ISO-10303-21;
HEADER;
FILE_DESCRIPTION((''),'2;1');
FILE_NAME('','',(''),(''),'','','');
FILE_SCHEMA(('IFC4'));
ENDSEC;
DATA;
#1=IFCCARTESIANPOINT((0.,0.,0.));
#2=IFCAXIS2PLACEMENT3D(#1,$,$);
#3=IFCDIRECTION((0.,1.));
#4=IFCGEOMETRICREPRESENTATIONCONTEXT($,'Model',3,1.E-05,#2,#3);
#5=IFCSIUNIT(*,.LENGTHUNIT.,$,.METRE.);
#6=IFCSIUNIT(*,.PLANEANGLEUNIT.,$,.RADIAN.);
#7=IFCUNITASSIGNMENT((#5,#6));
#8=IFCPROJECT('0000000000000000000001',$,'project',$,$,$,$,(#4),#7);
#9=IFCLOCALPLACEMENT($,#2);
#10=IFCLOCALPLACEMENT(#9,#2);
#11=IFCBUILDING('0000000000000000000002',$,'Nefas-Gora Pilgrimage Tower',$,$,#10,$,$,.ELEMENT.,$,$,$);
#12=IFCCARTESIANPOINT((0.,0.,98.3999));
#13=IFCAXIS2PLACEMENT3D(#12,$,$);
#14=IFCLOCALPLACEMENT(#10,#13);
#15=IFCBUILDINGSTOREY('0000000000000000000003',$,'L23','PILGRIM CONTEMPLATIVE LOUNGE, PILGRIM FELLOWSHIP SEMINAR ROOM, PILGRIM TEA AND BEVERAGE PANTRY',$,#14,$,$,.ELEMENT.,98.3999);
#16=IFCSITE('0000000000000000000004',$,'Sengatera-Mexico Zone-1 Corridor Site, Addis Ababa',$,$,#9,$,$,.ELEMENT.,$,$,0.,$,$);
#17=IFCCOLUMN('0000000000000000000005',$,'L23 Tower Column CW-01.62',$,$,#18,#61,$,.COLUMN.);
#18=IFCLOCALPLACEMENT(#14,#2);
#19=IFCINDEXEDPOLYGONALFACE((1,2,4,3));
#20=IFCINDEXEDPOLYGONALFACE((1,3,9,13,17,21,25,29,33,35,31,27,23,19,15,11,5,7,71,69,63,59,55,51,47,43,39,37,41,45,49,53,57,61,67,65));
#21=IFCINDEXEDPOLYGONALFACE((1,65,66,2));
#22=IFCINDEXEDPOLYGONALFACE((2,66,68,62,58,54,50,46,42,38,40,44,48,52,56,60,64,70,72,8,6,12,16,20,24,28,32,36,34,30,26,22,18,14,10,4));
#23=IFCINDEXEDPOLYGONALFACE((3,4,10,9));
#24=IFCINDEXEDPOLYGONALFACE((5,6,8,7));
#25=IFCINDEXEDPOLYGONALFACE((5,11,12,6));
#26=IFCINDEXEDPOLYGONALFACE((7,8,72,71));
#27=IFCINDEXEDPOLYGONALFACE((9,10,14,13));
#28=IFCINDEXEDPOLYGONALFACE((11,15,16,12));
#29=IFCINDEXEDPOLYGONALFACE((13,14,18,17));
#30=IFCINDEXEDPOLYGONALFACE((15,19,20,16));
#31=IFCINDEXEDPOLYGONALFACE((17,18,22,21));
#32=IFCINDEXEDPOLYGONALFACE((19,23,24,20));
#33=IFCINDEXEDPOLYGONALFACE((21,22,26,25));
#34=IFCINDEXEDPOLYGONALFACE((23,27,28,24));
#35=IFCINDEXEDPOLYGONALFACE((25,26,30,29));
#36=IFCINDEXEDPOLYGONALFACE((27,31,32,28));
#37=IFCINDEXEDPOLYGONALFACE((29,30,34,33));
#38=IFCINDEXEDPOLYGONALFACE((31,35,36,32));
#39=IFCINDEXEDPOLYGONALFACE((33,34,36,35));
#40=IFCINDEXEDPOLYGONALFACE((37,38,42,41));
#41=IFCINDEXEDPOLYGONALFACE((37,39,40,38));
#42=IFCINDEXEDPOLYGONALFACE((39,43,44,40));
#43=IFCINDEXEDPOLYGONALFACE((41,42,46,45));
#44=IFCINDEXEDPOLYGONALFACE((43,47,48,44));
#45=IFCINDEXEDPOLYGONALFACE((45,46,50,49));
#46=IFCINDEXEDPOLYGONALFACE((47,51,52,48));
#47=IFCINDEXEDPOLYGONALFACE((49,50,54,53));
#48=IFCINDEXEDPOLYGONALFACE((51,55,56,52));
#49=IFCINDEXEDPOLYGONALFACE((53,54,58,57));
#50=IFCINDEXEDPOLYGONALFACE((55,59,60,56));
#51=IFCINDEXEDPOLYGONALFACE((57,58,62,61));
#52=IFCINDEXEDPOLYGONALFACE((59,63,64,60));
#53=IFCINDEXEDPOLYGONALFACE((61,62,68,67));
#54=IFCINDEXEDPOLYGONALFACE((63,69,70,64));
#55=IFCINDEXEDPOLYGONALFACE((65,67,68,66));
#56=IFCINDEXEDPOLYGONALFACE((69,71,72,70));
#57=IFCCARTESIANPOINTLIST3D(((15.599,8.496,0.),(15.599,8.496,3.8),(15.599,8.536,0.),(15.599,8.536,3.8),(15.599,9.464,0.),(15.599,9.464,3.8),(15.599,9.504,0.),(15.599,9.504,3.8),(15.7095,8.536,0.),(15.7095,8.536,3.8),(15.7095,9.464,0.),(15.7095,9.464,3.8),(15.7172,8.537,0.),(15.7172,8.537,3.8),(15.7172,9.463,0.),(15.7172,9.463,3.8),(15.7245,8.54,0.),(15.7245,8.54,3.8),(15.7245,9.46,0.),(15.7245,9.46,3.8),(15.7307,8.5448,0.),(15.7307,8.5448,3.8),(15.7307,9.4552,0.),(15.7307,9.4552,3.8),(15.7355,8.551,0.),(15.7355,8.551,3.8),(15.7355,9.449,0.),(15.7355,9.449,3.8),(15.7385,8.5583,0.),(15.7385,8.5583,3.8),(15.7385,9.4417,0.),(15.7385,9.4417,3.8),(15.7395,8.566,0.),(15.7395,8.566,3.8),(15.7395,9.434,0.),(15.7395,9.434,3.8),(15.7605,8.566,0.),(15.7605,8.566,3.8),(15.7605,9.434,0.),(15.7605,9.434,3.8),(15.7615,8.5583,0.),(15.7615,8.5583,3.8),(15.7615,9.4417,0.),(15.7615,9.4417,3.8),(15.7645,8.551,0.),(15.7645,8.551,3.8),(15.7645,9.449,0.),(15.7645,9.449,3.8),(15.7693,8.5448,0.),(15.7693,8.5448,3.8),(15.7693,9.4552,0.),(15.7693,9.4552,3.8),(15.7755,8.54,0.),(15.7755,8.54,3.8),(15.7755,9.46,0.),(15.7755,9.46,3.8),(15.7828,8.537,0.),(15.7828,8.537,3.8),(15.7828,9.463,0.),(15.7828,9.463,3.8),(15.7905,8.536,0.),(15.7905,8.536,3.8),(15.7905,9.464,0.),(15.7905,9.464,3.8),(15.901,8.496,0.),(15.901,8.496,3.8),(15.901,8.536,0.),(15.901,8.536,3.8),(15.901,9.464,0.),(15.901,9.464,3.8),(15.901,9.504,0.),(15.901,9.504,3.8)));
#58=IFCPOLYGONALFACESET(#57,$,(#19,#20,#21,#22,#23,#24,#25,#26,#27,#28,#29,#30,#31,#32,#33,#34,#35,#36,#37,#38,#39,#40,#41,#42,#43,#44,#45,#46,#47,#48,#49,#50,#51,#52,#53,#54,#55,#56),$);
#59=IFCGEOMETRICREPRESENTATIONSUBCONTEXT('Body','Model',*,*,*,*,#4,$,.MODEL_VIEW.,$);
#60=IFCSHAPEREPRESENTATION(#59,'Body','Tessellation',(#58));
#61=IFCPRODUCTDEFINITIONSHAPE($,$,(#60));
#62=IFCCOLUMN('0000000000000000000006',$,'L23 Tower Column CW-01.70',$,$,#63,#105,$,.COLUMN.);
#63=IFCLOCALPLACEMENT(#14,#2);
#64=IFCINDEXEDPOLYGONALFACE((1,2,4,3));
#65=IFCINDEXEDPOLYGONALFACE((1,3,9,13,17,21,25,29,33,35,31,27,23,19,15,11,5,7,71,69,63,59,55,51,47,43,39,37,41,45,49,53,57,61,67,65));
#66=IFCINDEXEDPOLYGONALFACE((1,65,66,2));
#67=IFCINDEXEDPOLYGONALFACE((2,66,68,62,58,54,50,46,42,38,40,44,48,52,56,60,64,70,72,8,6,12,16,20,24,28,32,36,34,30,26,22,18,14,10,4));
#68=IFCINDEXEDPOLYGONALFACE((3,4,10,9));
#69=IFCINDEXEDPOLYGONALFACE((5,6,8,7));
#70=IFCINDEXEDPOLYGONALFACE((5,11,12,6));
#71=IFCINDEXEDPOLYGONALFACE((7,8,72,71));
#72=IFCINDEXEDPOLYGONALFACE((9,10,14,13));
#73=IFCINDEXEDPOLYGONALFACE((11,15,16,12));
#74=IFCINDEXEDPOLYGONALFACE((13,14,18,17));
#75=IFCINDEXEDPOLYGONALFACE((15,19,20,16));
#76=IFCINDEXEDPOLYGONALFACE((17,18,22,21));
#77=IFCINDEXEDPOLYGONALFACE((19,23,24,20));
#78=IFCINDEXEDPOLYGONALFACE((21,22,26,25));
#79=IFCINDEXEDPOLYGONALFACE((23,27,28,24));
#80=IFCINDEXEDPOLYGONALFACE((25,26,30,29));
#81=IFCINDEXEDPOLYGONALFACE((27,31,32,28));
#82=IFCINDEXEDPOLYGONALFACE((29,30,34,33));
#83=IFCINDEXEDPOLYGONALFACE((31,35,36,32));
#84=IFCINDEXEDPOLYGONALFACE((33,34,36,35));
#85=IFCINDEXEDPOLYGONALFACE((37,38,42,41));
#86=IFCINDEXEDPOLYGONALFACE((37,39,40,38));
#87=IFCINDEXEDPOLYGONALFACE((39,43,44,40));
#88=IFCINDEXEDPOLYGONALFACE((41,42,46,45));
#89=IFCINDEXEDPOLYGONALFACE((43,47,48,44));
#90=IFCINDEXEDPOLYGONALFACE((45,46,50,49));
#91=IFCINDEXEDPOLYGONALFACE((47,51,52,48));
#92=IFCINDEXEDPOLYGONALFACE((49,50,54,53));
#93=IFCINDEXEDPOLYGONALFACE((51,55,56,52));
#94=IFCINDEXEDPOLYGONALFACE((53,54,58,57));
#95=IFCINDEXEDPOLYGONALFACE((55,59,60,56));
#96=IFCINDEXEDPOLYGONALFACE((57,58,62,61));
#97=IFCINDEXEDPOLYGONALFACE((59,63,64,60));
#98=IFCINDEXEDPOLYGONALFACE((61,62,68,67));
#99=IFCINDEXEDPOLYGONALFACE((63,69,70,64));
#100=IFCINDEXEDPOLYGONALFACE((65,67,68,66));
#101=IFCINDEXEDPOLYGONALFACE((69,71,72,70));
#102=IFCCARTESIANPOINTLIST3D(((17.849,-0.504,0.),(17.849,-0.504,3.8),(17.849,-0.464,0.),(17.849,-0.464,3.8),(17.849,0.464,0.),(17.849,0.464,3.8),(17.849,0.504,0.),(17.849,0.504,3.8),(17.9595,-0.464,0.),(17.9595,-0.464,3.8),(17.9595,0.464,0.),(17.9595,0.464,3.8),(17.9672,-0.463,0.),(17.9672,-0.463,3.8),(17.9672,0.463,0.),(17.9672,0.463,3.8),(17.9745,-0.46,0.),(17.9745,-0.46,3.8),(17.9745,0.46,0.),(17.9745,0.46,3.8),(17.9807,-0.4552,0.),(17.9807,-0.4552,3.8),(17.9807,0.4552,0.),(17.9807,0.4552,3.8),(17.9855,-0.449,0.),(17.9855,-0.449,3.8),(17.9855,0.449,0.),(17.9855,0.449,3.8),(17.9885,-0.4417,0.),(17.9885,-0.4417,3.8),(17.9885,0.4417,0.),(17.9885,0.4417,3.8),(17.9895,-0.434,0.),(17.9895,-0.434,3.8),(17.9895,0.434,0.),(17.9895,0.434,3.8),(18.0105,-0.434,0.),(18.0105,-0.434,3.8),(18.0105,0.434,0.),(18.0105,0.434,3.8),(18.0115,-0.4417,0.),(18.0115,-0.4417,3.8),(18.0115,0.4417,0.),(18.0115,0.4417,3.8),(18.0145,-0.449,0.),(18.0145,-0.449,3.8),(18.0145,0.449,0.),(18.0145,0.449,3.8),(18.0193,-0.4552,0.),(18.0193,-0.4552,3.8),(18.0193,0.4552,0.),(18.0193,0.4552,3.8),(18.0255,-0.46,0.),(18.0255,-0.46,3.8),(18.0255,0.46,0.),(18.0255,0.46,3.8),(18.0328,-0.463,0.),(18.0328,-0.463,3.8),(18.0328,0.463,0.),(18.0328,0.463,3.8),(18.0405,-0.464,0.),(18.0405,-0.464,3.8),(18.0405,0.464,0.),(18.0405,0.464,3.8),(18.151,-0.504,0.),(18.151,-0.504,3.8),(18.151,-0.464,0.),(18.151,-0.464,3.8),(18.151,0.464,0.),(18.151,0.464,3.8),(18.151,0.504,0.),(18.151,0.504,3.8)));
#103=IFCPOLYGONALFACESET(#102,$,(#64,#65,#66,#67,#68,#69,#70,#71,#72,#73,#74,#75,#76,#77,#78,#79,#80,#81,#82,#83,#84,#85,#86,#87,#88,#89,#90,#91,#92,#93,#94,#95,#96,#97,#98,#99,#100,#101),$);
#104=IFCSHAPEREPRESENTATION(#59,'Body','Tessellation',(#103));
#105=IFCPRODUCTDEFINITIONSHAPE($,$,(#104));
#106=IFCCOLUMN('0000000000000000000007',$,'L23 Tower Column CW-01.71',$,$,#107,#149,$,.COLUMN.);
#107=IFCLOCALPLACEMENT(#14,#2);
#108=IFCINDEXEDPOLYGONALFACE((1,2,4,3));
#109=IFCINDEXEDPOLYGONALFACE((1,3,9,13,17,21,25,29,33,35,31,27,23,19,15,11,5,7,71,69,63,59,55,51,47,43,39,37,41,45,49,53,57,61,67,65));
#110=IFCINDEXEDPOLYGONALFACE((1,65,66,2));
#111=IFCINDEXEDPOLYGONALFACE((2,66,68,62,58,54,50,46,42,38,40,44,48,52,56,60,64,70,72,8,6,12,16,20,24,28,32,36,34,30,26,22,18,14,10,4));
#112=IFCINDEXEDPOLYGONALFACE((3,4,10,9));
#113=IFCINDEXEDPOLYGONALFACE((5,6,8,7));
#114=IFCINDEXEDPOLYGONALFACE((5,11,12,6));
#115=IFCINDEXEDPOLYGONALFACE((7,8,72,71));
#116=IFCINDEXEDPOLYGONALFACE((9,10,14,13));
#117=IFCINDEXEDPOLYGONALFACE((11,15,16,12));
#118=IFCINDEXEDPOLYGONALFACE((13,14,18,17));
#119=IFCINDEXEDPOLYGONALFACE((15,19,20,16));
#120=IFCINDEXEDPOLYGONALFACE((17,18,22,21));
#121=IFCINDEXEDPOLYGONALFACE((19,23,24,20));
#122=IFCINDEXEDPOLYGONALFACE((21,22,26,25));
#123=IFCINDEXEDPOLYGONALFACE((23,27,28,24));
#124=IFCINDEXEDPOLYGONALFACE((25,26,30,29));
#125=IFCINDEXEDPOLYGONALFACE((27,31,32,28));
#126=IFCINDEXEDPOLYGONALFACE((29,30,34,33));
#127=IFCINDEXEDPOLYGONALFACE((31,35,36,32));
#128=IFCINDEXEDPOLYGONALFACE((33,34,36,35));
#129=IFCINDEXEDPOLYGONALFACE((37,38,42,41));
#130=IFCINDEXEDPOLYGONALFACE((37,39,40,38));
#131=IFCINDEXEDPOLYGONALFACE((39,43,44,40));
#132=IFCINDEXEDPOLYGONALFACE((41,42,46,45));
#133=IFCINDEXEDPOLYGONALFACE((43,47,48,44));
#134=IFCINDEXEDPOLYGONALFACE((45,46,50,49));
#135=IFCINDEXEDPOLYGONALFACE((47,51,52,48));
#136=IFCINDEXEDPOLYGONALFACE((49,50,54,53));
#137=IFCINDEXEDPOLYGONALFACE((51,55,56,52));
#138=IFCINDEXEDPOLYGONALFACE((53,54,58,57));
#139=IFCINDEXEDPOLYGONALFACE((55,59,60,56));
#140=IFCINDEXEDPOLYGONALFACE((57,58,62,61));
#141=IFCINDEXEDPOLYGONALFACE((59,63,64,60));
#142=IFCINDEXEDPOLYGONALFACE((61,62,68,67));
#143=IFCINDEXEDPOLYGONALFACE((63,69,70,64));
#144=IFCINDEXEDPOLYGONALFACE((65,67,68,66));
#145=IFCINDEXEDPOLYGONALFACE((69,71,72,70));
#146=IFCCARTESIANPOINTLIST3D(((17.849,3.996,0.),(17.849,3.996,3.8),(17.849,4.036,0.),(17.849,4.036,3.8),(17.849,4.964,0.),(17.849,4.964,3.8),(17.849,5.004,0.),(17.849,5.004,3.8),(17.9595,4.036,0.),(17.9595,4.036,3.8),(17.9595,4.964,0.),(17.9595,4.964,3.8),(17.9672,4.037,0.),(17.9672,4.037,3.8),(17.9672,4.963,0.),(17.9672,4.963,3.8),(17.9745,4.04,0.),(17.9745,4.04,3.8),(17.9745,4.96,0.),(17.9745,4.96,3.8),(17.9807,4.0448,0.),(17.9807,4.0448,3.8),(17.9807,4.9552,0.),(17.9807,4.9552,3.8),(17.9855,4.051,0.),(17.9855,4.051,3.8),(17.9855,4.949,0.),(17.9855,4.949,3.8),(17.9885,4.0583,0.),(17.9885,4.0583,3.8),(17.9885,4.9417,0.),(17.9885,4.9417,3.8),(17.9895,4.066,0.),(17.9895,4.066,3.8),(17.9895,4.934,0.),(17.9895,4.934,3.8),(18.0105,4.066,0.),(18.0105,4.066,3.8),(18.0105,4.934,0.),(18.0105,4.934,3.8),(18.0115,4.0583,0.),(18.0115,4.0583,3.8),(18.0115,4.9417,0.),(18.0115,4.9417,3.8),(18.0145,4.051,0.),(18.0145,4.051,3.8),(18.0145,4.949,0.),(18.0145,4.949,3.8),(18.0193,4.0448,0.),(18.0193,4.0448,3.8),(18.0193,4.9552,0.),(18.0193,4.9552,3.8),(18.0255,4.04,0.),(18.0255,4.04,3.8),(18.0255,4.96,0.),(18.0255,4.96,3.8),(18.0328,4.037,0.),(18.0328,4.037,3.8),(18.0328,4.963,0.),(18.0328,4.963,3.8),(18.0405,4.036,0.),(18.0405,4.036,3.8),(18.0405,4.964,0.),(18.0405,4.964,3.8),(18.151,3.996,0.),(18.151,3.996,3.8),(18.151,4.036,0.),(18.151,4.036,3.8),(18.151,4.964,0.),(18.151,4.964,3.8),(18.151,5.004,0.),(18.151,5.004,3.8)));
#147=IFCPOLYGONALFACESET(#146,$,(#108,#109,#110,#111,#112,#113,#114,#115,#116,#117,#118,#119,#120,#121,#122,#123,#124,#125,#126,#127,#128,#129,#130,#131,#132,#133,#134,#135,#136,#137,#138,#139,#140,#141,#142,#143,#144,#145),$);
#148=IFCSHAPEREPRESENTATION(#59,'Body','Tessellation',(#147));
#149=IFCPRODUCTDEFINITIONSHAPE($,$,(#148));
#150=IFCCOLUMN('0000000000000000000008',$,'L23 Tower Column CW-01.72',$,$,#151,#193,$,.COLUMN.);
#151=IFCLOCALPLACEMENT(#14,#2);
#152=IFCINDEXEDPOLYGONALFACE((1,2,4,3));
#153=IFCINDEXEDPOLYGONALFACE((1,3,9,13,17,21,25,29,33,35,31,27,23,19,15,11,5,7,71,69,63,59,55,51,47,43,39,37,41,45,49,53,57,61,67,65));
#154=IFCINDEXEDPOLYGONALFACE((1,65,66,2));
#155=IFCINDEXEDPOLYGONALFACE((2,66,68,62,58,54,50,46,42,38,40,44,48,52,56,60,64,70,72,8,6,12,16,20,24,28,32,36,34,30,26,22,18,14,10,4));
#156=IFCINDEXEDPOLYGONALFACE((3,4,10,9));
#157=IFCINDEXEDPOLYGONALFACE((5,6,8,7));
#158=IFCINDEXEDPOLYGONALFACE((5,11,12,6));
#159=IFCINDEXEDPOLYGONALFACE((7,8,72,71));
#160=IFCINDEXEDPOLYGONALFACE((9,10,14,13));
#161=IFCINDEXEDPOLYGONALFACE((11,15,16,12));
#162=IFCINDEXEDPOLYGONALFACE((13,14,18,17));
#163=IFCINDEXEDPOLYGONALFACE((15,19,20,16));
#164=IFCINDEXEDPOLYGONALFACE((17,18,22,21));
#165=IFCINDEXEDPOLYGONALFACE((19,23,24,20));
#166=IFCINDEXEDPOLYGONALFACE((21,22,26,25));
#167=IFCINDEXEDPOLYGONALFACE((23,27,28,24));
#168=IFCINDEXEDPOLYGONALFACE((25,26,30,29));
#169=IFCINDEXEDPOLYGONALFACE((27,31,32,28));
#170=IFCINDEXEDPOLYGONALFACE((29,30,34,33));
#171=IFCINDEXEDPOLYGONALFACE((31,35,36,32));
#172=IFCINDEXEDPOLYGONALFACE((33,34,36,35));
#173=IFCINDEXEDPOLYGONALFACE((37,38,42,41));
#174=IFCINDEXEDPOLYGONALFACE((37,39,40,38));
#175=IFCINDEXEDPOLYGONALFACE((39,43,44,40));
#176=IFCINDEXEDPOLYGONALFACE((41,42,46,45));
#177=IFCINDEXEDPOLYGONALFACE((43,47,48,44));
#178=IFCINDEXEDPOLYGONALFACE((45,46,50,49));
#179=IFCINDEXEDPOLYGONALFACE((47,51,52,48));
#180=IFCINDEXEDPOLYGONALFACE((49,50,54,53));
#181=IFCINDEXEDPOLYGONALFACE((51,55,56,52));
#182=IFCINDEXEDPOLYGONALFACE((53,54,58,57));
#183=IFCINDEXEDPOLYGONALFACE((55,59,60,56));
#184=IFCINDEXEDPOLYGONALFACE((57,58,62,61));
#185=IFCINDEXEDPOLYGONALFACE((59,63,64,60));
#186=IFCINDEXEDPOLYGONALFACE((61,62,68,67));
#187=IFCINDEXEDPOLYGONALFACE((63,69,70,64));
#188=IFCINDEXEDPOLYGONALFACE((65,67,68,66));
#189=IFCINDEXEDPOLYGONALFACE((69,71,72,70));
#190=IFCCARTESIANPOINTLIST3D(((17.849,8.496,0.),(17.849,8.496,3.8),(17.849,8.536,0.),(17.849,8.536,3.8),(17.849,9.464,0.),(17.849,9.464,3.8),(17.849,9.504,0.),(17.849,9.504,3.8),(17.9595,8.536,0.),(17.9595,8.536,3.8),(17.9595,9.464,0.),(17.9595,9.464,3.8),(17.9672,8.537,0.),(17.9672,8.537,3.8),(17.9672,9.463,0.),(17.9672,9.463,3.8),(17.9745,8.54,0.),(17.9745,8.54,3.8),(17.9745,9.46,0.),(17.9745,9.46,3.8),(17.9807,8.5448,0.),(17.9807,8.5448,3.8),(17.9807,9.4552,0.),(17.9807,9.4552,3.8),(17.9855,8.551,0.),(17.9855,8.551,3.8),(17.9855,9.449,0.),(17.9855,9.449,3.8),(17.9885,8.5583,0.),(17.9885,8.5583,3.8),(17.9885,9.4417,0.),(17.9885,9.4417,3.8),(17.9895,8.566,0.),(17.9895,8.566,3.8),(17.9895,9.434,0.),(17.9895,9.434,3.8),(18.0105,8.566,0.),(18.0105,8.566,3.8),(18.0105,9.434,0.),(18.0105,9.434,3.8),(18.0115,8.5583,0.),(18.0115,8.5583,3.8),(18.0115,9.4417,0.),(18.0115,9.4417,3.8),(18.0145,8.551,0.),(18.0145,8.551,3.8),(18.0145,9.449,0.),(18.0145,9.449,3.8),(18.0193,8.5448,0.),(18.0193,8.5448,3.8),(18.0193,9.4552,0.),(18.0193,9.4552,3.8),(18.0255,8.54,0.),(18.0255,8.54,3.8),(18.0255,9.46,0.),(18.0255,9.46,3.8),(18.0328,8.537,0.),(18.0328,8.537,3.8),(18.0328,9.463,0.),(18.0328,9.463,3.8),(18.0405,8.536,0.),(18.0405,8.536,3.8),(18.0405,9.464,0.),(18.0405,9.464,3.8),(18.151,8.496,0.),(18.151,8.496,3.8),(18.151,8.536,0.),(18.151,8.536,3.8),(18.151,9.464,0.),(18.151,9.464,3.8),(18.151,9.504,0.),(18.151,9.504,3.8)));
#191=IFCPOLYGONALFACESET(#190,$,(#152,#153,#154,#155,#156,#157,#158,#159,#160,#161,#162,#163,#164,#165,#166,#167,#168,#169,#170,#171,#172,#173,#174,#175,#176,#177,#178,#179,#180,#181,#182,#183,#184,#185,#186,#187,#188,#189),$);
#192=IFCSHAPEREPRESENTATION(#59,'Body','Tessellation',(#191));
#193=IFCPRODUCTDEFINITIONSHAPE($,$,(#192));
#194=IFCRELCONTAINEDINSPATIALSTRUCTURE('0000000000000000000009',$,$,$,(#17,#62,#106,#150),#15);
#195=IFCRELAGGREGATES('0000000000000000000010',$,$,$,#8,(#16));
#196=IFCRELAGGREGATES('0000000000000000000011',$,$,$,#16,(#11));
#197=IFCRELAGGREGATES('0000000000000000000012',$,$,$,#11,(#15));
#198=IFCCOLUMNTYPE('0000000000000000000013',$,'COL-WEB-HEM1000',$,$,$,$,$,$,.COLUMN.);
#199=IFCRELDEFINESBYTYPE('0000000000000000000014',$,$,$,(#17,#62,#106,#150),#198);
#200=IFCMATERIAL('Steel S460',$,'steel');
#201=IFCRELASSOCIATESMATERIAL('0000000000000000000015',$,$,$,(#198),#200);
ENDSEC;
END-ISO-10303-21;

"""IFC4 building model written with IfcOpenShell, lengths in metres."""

from ifc_helpers import new_model, si_unit, direction, frame, origin, origin_2d, place, context, subcontext, project, spatial, i_section, extrude, source, transform, mapped, material, material_profile, profile_set, type_object, element, save


model = new_model("IFC4")

# Units and contexts
model_context = context("Model", 3, precision=1e-05, world=origin(), true_north=direction((0.0, 1.0)))
body_context = subcontext(model_context, "Body", "Model", "MODEL_VIEW")
ifc_project = project(units=[si_unit("LENGTHUNIT", "METRE"), si_unit("PLANEANGLEUNIT", "RADIAN")], contexts=[model_context])

# Site, building, storey
site_placement = place(None, origin())
site = spatial("IfcSite", under=ifc_project, at=site_placement, Name="Sengatera-Mexico Zone-1 Corridor Site, Addis Ababa", CompositionType="ELEMENT", RefElevation=0.0)
building_placement = place(site_placement, origin())
building = spatial("IfcBuilding", under=site, at=building_placement, Name="Nefas-Gora Pilgrimage Tower", CompositionType="ELEMENT")
storey_placement = place(building_placement, frame((0.0, 0.0, 98.3999)))
storey = spatial("IfcBuildingStorey", under=building, at=storey_placement, Name="L23", Description="PILGRIM CONTEMPLATIVE LOUNGE, PILGRIM FELLOWSHIP SEMINAR ROOM, PILGRIM TEA AND BEVERAGE PANTRY", CompositionType="ELEMENT", Elevation=98.3999)

# Columns
ifc_material_1 = material(Name="Steel S460", Category="steel")
ifc_material_profile_1 = material_profile(ifc_material_1, i_section(OverallWidth=0.302, OverallDepth=1.0081, WebThickness=0.021, FlangeThickness=0.04, FilletRadius=0.03, at=origin_2d()), Name="HEM 1000")
ifc_profile_set_1 = profile_set([ifc_material_profile_1], Name="Steel S460")
column_type_1 = type_object("IfcColumnType", Name="COL-WEB-HEM1000", PredefinedType="COLUMN", material=ifc_profile_set_1)
shared_shape_1 = source(origin(), body_context, "Body", "SweptSolid", [
    extrude(i_section(OverallWidth=0.302, OverallDepth=1.0081, WebThickness=0.021, FlangeThickness=0.04, FilletRadius=0.03, at=origin_2d()), origin(), (0.0, 0.0, 1.0), 3.8),
])
for number, where, z_axis, x_axis, name in (
    (1, (15.75, 9.0, 0.0), (0.0, 0.0, 1.0), (1.0, 0.0, 0.0), "L23 Tower Column CW-01.62"),
    (2, (18.0, 0.0, 0.0), (0.0, 0.0, 1.0), (1.0, 0.0, 0.0), "L23 Tower Column CW-01.70"),
    (3, (18.0, 4.5, 0.0), (0.0, 0.0, 1.0), (1.0, 0.0, 0.0), "L23 Tower Column CW-01.71"),
    (4, (18.0, 9.0, 0.0), (0.0, 0.0, 1.0), (1.0, 0.0, 0.0), "L23 Tower Column CW-01.72"),
):
    element("IfcColumn", number, at=place(storey_placement, frame(where, z_axis=z_axis, x_axis=x_axis)), inside=storey, type_object=column_type_1, Name=name, PredefinedType="COLUMN", context=body_context, shape_type="MappedRepresentation", body=[
        mapped(shared_shape_1, transform((0.0, 0.0, 0.0), x_axis=(1.0, 0.0, 0.0), y_axis=(0.0, 1.0, 0.0), z_axis=(0.0, 0.0, 1.0), scale=1.0)),
    ])

save(model, "model.ifc")
